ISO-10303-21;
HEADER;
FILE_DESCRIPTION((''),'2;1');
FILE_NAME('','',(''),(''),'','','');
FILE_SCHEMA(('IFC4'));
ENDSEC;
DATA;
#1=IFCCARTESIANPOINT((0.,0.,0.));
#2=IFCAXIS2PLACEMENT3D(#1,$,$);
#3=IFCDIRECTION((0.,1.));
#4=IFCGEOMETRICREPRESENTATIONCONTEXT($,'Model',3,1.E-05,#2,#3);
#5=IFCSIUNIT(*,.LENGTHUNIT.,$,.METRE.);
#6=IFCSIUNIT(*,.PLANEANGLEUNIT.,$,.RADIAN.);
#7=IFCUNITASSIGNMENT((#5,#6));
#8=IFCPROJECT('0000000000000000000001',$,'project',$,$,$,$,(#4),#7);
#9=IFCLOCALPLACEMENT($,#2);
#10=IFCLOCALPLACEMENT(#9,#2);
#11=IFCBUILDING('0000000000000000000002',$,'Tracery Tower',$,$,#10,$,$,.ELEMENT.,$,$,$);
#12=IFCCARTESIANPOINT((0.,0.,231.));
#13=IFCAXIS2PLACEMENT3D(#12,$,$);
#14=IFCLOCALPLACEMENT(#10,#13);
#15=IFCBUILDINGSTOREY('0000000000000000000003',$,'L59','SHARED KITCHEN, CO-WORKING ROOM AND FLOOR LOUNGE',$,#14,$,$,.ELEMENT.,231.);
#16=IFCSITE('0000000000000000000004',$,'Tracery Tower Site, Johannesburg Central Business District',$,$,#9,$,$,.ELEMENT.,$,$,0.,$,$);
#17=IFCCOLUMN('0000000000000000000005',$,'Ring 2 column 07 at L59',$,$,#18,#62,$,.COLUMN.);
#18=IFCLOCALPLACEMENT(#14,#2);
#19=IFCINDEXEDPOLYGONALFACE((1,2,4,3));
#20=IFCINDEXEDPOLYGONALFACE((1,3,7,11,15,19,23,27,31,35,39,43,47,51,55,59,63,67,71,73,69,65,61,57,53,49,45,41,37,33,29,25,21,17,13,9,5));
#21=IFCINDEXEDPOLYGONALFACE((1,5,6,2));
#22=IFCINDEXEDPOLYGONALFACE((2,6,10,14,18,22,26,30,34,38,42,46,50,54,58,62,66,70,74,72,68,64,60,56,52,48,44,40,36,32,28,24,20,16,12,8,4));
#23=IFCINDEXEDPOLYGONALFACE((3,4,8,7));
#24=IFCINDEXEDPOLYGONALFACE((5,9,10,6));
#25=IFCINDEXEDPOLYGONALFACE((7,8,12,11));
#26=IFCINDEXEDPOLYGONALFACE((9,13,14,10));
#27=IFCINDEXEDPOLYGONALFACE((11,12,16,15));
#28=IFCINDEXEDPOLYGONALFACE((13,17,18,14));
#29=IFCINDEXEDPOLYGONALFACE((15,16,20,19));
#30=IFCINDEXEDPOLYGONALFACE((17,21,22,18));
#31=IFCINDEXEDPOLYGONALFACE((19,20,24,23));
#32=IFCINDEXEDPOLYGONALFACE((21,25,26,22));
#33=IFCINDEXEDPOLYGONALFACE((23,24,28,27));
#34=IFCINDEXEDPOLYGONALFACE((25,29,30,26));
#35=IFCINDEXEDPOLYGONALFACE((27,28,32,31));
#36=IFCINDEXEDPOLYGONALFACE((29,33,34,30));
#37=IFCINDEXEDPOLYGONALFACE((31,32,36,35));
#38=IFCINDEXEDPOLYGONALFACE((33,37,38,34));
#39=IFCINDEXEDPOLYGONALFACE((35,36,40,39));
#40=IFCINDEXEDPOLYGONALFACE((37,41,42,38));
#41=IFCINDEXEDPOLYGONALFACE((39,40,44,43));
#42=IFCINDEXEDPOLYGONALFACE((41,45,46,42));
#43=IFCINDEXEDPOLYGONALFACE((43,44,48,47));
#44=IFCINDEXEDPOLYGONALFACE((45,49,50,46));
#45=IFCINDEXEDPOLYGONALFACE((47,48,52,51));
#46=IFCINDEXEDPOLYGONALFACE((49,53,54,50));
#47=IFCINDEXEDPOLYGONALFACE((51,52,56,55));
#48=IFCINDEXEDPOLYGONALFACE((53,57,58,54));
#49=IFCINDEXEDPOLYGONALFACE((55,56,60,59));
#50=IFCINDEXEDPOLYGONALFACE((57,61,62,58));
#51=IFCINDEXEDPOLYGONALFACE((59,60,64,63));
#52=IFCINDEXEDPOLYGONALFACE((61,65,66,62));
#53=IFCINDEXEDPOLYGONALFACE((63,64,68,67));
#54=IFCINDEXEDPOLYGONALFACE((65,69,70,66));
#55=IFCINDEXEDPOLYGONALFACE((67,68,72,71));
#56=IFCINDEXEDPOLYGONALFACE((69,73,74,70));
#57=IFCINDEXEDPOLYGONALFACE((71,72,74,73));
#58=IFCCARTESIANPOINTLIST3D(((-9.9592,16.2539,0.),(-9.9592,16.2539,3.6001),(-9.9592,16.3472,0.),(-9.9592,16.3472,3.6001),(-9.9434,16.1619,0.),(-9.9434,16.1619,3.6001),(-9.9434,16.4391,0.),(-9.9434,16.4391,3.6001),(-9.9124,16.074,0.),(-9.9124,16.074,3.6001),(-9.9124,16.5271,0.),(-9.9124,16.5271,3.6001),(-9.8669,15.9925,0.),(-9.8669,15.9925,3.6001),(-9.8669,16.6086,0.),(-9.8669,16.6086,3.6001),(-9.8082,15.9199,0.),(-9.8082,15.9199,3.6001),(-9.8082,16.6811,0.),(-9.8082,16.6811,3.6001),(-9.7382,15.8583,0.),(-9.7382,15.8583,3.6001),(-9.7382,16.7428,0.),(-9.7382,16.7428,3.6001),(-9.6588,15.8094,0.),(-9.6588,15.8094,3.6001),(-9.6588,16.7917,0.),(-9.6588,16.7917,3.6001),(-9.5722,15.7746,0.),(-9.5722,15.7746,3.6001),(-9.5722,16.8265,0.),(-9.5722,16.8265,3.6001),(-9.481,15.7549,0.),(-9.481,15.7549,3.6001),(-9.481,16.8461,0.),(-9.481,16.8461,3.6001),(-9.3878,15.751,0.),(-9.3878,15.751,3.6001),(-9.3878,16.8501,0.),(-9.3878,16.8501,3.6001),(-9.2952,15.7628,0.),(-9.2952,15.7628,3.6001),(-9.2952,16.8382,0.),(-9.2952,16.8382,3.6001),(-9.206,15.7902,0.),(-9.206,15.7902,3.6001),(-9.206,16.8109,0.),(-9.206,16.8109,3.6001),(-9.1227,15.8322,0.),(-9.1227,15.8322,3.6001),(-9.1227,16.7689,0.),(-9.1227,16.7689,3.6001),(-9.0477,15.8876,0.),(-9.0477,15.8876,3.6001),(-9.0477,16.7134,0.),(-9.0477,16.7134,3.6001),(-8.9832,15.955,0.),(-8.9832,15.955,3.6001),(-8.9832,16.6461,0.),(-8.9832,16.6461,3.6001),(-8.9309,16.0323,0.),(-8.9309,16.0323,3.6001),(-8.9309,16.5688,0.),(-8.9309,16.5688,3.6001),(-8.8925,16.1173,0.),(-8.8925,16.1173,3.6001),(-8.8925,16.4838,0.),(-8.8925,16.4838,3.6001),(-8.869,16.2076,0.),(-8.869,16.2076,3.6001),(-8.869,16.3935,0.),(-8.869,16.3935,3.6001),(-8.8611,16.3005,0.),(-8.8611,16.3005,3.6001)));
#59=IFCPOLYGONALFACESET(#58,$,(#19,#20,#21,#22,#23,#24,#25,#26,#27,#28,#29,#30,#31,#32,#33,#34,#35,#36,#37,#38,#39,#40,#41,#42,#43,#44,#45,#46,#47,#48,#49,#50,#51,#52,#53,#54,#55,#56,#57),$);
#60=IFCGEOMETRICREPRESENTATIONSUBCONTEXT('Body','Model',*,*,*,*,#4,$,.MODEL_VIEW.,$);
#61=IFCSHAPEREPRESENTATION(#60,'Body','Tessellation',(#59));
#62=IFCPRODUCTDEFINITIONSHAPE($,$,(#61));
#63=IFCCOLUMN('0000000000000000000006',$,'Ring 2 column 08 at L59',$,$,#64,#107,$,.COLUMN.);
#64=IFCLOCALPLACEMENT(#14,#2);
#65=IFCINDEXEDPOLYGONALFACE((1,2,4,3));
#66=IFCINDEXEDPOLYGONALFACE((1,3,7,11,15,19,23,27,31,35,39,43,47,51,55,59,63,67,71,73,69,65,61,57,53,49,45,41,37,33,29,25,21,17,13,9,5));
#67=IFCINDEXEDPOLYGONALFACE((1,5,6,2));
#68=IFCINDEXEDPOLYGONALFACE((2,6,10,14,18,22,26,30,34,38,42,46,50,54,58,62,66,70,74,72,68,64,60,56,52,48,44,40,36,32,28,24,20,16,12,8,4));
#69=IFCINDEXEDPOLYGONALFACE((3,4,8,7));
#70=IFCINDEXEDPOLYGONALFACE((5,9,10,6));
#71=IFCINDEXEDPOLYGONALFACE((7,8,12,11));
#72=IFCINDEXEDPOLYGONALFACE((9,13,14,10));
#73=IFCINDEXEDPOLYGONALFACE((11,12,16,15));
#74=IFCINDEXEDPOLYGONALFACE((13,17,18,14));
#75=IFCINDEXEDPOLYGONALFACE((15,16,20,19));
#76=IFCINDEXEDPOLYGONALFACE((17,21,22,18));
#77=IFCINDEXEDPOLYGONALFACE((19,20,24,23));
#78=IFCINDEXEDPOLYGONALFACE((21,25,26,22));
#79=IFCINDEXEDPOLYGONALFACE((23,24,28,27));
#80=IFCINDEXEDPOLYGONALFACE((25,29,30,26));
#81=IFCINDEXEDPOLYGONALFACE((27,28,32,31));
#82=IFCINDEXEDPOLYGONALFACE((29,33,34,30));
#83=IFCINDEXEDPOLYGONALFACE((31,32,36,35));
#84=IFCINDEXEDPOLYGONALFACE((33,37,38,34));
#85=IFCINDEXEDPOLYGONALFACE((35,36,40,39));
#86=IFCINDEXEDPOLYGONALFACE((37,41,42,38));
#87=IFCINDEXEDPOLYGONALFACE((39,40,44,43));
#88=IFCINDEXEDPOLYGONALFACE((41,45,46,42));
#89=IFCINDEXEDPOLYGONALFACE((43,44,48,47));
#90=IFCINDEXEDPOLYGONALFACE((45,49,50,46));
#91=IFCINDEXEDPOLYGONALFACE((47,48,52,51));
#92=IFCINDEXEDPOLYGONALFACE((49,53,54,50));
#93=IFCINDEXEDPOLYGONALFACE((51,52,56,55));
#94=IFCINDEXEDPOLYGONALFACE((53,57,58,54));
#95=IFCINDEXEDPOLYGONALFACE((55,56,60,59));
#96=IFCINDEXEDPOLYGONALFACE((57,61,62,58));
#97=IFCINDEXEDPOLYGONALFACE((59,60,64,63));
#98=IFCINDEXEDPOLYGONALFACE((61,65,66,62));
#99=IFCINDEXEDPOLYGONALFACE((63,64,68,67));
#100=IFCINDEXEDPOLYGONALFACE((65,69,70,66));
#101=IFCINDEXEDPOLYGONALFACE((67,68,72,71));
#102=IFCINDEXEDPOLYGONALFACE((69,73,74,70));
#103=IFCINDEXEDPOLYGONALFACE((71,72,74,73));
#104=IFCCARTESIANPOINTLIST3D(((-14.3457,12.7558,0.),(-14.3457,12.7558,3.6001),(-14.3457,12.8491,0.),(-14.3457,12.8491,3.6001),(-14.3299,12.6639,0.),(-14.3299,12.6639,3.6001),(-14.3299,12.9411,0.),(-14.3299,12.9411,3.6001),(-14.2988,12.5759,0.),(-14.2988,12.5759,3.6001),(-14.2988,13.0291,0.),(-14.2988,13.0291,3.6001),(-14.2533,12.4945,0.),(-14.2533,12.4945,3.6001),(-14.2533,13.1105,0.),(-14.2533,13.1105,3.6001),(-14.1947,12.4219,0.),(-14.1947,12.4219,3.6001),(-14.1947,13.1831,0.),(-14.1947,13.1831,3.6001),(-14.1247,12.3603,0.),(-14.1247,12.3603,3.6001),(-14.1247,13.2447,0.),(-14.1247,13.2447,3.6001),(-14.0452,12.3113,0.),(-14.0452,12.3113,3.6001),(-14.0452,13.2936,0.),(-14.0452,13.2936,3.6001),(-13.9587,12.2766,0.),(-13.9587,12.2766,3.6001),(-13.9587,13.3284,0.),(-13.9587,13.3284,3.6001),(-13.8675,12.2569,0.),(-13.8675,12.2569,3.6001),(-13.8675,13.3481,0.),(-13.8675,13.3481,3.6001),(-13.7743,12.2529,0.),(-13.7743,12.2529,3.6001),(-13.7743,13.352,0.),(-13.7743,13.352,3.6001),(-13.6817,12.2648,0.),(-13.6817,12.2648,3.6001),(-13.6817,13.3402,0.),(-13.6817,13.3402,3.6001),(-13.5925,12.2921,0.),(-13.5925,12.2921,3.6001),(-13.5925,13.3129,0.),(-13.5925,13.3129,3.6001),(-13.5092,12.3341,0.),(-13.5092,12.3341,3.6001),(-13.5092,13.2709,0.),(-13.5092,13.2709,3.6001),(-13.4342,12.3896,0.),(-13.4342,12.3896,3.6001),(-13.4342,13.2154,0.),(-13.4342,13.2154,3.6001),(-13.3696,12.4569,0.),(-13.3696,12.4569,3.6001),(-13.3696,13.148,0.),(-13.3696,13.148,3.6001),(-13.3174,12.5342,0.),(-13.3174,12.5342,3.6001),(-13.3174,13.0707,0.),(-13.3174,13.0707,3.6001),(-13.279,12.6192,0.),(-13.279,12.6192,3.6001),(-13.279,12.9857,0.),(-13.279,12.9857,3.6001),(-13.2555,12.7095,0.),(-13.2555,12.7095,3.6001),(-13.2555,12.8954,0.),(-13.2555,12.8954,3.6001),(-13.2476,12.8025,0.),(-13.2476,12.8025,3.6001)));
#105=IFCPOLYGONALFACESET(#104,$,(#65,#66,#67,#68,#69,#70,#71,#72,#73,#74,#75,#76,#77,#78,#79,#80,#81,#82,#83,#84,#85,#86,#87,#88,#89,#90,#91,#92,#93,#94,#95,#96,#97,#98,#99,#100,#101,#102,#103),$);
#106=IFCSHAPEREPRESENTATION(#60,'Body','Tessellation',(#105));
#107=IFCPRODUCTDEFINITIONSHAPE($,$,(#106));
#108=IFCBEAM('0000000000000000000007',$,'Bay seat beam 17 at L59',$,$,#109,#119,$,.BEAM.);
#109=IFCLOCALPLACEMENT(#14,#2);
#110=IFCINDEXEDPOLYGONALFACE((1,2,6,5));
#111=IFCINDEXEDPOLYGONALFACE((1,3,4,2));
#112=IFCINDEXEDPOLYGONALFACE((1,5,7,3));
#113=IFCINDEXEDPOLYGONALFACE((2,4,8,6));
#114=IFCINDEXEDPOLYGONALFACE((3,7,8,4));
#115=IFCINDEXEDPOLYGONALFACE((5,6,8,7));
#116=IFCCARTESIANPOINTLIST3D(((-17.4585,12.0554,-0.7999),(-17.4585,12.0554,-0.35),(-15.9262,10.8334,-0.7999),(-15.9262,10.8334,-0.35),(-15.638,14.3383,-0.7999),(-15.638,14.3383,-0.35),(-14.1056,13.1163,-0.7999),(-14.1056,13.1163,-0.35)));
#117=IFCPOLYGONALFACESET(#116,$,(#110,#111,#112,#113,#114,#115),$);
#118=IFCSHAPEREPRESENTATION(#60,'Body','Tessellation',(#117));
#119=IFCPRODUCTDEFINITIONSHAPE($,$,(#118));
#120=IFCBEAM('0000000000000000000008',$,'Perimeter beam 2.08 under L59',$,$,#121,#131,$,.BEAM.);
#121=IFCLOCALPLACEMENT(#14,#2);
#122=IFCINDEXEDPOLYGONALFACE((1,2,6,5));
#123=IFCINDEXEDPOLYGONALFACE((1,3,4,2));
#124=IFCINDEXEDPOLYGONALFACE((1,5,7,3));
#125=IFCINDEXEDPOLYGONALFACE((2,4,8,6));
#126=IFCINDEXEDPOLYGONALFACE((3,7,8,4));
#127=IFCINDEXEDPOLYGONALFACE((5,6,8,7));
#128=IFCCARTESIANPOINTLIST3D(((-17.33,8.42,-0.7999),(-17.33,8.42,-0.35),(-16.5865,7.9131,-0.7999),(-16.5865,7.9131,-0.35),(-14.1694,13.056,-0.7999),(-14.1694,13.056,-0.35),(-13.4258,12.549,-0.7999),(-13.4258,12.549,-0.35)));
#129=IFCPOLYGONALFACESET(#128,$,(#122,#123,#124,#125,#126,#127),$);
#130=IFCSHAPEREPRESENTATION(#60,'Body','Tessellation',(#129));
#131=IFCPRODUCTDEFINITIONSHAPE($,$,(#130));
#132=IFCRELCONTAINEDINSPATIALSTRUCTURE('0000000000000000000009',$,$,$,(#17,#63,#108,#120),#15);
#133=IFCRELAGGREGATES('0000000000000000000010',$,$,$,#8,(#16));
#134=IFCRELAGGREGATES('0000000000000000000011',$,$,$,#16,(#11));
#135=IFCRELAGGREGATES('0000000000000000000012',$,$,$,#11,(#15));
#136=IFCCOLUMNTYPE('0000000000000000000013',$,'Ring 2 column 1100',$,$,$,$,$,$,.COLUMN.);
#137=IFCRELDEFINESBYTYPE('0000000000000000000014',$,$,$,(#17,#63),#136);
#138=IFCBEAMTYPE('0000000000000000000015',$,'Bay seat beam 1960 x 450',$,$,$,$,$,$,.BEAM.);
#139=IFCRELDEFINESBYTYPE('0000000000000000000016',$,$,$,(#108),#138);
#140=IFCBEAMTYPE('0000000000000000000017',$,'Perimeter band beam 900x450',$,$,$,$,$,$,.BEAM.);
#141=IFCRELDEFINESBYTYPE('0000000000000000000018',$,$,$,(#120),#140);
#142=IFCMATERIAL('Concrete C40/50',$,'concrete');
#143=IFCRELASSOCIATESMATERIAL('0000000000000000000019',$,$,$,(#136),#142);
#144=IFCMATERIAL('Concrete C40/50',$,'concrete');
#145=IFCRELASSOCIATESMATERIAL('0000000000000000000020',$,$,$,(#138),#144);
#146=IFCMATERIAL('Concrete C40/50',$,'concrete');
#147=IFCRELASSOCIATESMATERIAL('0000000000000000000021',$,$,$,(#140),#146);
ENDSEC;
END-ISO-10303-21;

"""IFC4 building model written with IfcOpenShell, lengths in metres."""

from ifc_helpers import new_model, si_unit, direction, frame, origin, origin_2d, place, context, subcontext, project, spatial, rectangle, circle, extrude, material, material_profile, profile_set, type_object, element, save


model = new_model("IFC4")

# Units and contexts
model_context = context("Model", 3, precision=1e-05, world=origin(), true_north=direction((0.0, 1.0)))
body_context = subcontext(model_context, "Body", "Model", "MODEL_VIEW")
ifc_project = project(units=[si_unit("LENGTHUNIT", "METRE"), si_unit("PLANEANGLEUNIT", "RADIAN")], contexts=[model_context])

# Site, building, storey
site_placement = place(None, origin())
site = spatial("IfcSite", under=ifc_project, at=site_placement, Name="Tracery Tower Site, Johannesburg Central Business District", CompositionType="ELEMENT", RefElevation=0.0)
building_placement = place(site_placement, origin())
building = spatial("IfcBuilding", under=site, at=building_placement, Name="Tracery Tower", CompositionType="ELEMENT")
storey_placement = place(building_placement, frame((0.0, 0.0, 231.0)))
storey = spatial("IfcBuildingStorey", under=building, at=storey_placement, Name="L59", Description="SHARED KITCHEN, CO-WORKING ROOM AND FLOOR LOUNGE", CompositionType="ELEMENT", Elevation=231.0)

# Columns
ifc_material_1 = material(Name="Concrete C40/50", Category="concrete")
ifc_material_profile_1 = material_profile(ifc_material_1, circle(Radius=0.55, at=origin_2d()), Name="RC D1100")
ifc_profile_set_1 = profile_set([ifc_material_profile_1], Name="Concrete C40/50")
column_type = type_object("IfcColumnType", Name="Ring 2 column 1100", PredefinedType="COLUMN", material=ifc_profile_set_1)
for number, where, z_axis, x_axis, name in (
    (1, (-9.4111, 16.3005, 0.0), (0.0, 0.0, 1.0), (1.0, 0.0, 0.0), "Ring 2 column 07 at L59"),
    (2, (-13.7976, 12.8025, 0.0), (0.0, 0.0, 1.0), (1.0, 0.0, 0.0), "Ring 2 column 08 at L59"),
):
    element("IfcColumn", number, at=place(storey_placement, frame(where, z_axis=z_axis, x_axis=x_axis)), inside=storey, type_object=column_type, Name=name, PredefinedType="COLUMN", context=body_context, shape_type="SweptSolid", body=[
        extrude(circle(Radius=0.55, at=origin_2d()), origin(), (0.0, 0.0, 1.0), 3.6001),
    ])

# Beams
ifc_material_2 = material(Name="Concrete C40/50", Category="concrete")
ifc_material_profile_2 = material_profile(ifc_material_2, rectangle(XDim=1.96, YDim=0.45, at=origin_2d()), Name="RC 1960x450")
ifc_profile_set_2 = profile_set([ifc_material_profile_2], Name="Concrete C40/50")
beam_type_1 = type_object("IfcBeamType", Name="Bay seat beam 1960 x 450", PredefinedType="BEAM", material=ifc_profile_set_2)
beam_1_placement = place(storey_placement, frame((-14.8718, 13.7273, -0.575), z_axis=(-0.623481, -0.781839, 0.0), x_axis=(0.781839, -0.623481, 0.0)))
element("IfcBeam", 3, at=beam_1_placement, inside=storey, type_object=beam_type_1, Name="Bay seat beam 17 at L59", PredefinedType="BEAM", context=body_context, shape_type="SweptSolid", body=[
    extrude(rectangle(XDim=1.96, YDim=0.45, at=origin_2d()), origin(), (0.0, 0.0, 1.0), 2.9199),
])
ifc_material_3 = material(Name="Concrete C40/50", Category="concrete")
ifc_material_profile_3 = material_profile(ifc_material_3, rectangle(XDim=0.8999, YDim=0.45, at=origin_2d()), Name="RC 900x450")
ifc_profile_set_3 = profile_set([ifc_material_profile_3], Name="Concrete C40/50")
beam_type_2 = type_object("IfcBeamType", Name="Perimeter band beam 900x450", PredefinedType="BEAM", material=ifc_profile_set_3)
beam_2_placement = place(storey_placement, frame((-13.7976, 12.8025, -0.575), z_axis=(-0.563306, -0.826249, 0.0), x_axis=(0.826249, -0.563306, 0.0)))
element("IfcBeam", 4, at=beam_2_placement, inside=storey, type_object=beam_type_2, Name="Perimeter beam 2.08 under L59", PredefinedType="BEAM", context=body_context, shape_type="SweptSolid", body=[
    extrude(rectangle(XDim=0.8999, YDim=0.45, at=origin_2d()), origin(), (0.0, 0.0, 1.0), 5.6108),
])

save(model, "model.ifc")
